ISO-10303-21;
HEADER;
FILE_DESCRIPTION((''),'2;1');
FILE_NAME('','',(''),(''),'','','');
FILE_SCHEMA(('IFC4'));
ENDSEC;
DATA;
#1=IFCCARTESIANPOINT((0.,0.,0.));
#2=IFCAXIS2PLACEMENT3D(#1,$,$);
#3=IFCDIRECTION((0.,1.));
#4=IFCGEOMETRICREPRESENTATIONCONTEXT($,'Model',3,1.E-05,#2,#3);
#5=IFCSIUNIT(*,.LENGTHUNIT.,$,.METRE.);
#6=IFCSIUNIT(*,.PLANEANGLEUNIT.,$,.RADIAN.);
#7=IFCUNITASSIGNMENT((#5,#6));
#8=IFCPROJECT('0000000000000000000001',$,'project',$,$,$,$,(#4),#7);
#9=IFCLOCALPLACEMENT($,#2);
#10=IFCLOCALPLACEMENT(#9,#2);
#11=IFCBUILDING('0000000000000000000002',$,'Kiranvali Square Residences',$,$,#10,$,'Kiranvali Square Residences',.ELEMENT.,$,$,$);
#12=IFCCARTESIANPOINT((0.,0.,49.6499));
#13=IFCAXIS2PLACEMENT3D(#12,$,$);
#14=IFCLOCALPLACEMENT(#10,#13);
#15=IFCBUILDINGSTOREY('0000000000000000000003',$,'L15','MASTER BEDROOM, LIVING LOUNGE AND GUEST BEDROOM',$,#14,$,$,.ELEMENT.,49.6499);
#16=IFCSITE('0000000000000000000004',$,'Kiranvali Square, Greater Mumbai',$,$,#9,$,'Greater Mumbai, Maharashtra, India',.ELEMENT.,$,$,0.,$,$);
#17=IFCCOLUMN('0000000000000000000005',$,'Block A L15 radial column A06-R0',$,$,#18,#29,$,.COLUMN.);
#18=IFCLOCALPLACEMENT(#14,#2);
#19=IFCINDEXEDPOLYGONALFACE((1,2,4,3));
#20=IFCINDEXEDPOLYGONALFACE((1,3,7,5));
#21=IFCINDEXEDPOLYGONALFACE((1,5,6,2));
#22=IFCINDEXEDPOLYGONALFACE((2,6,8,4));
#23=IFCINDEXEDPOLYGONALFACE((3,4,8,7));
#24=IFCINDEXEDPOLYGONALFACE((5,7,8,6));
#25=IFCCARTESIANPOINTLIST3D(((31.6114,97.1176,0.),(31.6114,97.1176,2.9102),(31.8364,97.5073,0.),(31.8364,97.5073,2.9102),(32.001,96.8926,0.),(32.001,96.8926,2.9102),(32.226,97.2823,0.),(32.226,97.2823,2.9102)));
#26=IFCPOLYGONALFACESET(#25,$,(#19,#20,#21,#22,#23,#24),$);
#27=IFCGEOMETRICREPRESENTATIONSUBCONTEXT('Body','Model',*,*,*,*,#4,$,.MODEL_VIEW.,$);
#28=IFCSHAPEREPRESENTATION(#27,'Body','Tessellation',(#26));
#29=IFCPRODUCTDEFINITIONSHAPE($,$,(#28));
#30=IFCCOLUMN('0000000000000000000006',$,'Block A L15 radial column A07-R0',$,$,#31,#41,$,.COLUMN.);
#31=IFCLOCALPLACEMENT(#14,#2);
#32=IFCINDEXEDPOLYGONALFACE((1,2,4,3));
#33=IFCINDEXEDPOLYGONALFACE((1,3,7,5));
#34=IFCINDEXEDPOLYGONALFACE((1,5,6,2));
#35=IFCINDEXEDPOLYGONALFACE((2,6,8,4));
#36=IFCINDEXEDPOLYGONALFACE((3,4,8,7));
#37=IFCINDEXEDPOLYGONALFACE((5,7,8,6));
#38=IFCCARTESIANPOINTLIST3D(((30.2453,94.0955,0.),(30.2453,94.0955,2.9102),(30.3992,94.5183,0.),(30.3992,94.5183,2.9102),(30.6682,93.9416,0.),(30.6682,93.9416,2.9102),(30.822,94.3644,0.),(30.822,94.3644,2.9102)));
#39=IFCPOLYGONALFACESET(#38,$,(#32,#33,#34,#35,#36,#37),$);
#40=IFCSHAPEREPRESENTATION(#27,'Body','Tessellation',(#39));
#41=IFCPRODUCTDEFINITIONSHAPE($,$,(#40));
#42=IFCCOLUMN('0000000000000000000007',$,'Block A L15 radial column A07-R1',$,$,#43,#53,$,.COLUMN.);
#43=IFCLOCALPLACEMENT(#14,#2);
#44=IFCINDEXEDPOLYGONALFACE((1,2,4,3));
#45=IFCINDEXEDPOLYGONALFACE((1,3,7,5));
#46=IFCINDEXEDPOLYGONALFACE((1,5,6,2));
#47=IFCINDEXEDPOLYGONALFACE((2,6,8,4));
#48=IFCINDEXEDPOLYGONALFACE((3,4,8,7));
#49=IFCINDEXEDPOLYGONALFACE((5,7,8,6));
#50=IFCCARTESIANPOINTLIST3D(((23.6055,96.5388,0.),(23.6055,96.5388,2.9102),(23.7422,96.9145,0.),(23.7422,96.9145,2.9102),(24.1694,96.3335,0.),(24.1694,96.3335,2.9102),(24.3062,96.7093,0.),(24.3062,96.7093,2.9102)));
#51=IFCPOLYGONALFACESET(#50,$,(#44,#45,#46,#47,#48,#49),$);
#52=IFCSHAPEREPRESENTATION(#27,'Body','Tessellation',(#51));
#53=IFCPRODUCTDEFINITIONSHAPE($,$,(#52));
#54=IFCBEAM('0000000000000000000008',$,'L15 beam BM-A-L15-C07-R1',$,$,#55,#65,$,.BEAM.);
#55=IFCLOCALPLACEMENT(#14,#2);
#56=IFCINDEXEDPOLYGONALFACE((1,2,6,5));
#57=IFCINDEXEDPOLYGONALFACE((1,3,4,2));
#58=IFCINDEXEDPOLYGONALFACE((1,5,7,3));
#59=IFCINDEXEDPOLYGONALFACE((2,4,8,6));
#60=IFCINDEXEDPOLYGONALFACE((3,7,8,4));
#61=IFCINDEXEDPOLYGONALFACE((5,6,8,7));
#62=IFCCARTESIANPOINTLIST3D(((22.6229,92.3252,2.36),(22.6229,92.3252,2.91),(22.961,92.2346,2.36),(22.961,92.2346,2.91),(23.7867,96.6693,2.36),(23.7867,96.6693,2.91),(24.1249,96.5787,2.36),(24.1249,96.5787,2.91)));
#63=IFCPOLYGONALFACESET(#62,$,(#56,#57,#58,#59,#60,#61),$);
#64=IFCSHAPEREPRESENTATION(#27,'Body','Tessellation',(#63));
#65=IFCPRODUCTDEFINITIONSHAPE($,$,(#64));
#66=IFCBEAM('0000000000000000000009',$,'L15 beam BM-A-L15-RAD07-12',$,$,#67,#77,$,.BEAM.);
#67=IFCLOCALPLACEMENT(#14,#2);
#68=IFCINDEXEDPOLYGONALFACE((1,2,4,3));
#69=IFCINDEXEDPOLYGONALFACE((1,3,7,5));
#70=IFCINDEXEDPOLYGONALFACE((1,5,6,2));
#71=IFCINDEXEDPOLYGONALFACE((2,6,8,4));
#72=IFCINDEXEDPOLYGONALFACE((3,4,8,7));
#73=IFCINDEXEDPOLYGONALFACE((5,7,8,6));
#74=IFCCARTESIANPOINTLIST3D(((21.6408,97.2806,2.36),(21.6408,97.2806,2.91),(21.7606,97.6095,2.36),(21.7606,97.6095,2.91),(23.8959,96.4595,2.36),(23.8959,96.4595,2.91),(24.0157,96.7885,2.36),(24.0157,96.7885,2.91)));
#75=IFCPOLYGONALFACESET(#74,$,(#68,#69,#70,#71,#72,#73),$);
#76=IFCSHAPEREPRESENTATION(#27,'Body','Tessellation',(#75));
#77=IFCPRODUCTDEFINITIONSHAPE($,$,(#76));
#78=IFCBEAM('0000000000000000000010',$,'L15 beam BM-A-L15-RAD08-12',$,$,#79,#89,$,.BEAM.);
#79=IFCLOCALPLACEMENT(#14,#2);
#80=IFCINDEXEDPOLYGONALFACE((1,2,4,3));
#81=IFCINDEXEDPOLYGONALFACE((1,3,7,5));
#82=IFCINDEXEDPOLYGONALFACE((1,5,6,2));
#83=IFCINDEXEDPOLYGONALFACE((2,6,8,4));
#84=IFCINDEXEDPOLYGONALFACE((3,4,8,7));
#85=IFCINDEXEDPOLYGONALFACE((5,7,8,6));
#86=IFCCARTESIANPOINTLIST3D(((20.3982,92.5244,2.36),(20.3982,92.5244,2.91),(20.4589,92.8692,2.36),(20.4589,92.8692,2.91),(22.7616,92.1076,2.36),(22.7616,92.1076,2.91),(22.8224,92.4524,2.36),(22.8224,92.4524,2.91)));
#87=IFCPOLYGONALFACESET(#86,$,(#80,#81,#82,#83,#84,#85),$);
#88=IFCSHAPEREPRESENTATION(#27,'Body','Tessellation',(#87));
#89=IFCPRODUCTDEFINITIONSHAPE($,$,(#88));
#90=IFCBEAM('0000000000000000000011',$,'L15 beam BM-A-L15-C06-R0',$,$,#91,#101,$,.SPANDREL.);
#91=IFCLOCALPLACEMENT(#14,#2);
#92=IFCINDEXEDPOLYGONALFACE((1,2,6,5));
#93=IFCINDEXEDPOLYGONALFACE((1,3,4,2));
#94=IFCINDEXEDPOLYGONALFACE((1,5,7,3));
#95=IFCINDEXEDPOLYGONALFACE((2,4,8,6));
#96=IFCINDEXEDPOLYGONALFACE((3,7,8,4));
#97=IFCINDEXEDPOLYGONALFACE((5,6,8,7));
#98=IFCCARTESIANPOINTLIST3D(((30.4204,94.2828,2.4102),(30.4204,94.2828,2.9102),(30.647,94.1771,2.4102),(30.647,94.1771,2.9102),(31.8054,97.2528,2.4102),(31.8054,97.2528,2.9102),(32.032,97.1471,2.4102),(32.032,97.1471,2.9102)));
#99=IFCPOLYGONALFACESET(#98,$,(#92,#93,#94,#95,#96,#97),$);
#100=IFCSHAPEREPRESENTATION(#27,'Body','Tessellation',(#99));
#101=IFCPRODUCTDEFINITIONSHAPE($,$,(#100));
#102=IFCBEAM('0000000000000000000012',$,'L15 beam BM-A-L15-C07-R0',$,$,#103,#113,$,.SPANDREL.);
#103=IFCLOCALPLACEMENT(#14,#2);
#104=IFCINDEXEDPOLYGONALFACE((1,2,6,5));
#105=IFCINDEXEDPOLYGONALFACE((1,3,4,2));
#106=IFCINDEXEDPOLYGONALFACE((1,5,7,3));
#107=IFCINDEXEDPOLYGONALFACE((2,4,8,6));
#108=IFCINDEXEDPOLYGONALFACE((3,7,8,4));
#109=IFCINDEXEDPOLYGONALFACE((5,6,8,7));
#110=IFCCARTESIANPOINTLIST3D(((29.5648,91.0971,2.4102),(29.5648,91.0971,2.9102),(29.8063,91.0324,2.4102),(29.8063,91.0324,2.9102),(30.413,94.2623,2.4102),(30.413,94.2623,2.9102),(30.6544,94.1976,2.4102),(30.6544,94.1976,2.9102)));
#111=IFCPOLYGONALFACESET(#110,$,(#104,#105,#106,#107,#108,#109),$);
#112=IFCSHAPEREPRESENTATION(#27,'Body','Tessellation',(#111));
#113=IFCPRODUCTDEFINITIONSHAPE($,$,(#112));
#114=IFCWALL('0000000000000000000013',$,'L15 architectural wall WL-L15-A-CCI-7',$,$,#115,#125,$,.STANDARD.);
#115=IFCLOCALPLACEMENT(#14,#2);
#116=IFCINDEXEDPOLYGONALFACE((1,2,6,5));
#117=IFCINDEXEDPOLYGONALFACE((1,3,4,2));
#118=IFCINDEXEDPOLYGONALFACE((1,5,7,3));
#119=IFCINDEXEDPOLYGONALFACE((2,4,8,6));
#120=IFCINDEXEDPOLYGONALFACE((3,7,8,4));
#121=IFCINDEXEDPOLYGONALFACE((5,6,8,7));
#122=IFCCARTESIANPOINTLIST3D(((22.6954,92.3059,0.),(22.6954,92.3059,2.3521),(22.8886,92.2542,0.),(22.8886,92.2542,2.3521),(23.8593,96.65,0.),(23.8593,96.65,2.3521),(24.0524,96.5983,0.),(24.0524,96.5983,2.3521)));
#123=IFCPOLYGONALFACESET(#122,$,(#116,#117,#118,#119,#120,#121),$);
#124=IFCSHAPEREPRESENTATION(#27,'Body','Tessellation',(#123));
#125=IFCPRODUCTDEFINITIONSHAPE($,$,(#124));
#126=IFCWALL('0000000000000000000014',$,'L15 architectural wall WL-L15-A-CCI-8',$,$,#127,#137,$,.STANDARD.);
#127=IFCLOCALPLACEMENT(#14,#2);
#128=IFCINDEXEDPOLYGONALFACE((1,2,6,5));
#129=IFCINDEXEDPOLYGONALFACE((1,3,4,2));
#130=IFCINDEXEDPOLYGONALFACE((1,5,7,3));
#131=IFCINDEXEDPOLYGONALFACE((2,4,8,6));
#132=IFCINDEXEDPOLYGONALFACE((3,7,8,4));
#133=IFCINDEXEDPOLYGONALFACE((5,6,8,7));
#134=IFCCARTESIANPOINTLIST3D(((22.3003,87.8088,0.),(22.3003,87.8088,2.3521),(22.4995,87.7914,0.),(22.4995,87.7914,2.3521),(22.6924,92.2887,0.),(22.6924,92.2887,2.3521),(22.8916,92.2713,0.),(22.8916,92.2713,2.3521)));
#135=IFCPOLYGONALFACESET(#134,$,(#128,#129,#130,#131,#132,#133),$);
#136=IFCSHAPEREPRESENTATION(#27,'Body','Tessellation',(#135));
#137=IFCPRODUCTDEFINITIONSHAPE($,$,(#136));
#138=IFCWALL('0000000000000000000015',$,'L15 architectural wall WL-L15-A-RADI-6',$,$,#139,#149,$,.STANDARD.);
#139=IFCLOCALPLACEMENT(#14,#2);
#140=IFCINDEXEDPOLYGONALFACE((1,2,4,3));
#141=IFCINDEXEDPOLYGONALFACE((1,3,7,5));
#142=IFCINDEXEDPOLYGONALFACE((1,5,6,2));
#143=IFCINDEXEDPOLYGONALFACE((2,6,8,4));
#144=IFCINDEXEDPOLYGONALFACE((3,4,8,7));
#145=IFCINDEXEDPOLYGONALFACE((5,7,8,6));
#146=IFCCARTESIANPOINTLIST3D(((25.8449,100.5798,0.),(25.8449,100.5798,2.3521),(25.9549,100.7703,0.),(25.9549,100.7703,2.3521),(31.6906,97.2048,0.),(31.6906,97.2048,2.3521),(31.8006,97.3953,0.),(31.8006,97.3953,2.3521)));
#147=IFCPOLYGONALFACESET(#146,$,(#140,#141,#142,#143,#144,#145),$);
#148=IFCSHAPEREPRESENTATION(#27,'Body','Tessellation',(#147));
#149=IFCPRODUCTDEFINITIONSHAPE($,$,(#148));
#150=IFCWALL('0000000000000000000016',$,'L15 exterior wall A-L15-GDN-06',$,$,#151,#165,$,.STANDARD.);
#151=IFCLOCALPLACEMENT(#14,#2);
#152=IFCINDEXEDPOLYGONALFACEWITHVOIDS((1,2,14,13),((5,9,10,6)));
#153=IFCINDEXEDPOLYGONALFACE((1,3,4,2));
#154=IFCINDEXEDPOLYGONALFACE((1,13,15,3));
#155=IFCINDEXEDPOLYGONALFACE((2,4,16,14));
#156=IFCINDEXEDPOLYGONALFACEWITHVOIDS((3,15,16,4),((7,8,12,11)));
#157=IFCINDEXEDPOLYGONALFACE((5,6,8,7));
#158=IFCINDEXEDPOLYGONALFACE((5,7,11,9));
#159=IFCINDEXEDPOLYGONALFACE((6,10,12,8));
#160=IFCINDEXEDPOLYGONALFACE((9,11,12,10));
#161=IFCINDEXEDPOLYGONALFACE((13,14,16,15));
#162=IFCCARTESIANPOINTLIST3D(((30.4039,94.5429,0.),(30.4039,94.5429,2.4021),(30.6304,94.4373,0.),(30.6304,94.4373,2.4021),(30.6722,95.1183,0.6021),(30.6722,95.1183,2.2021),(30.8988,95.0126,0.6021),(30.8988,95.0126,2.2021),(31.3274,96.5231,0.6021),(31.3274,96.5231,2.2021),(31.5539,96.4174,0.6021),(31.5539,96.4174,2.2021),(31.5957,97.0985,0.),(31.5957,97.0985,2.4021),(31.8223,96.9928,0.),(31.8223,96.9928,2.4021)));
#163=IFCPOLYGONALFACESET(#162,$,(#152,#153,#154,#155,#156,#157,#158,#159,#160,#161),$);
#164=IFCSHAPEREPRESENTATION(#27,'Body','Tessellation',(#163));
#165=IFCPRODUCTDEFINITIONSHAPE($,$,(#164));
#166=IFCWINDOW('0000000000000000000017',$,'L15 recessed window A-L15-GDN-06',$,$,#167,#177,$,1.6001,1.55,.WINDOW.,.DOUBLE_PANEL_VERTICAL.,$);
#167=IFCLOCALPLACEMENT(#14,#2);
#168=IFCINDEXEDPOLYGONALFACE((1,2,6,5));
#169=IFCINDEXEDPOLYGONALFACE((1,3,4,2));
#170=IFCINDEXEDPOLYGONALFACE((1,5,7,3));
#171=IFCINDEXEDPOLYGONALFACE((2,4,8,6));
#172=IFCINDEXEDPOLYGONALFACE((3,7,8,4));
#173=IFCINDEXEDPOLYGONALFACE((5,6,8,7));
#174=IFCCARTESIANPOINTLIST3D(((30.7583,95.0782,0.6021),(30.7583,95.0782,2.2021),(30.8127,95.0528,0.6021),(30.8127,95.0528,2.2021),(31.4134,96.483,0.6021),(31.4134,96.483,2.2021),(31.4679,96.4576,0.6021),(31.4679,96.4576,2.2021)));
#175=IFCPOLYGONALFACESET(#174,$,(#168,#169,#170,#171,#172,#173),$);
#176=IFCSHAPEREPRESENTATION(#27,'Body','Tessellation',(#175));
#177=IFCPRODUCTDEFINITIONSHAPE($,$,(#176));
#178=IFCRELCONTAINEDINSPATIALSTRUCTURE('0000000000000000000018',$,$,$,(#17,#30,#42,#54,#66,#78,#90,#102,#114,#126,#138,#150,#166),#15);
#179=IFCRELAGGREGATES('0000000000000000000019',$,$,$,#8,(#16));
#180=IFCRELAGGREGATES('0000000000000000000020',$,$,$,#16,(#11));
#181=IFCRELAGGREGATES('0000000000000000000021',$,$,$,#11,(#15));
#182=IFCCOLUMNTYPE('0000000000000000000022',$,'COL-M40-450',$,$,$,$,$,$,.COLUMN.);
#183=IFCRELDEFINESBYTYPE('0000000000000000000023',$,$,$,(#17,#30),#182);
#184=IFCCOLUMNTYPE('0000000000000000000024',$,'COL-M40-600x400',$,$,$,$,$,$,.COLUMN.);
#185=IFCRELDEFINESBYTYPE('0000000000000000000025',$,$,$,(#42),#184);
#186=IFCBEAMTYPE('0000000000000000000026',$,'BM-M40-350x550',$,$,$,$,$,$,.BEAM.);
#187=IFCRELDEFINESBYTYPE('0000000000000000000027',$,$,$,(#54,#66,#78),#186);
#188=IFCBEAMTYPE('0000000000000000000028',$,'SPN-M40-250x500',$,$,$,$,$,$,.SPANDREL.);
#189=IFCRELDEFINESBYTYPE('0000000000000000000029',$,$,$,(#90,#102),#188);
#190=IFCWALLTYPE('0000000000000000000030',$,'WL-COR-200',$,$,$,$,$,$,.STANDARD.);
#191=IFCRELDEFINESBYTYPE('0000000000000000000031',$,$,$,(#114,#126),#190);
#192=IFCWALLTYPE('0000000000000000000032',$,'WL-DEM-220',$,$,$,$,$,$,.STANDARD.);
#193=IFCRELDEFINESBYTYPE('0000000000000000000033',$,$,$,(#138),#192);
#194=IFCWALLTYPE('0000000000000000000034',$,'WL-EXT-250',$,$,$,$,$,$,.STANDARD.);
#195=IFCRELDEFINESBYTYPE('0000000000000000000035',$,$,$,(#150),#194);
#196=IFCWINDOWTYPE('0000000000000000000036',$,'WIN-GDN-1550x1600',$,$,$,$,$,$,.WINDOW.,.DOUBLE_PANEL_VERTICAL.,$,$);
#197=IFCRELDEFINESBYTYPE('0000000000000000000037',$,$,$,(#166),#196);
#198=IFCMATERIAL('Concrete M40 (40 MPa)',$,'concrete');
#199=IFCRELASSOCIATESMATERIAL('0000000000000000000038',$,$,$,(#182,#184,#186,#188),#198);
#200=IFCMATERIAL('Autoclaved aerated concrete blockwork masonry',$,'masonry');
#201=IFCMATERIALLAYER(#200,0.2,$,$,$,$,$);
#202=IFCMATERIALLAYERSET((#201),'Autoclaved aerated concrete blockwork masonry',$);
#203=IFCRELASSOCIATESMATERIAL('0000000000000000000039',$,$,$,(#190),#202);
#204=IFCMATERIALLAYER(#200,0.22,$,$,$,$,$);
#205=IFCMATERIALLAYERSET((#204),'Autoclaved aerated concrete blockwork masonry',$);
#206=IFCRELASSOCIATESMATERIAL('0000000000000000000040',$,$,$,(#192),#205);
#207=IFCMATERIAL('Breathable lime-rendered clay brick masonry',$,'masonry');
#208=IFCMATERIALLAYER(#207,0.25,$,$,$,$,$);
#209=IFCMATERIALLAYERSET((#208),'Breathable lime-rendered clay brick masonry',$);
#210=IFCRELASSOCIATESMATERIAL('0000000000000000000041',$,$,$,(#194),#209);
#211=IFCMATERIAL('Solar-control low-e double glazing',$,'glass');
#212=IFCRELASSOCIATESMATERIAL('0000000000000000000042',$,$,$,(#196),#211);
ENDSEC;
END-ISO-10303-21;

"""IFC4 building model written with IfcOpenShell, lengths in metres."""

from ifc_helpers import new_model, si_unit, direction, frame, frame_2d, origin, origin_2d, place, context, subcontext, project, spatial, rectangle, extrude, material, layer, layer_set, material_profile, profile_set, type_object, element, fill, save


model = new_model("IFC4")

# Units and contexts
model_context = context("Model", 3, precision=1e-05, world=origin(), true_north=direction((0.0, 1.0)))
body_context = subcontext(model_context, "Body", "Model", "MODEL_VIEW")
ifc_project = project(units=[si_unit("LENGTHUNIT", "METRE"), si_unit("PLANEANGLEUNIT", "RADIAN")], contexts=[model_context])

# Site, building, storey
site_placement = place(None, origin())
site = spatial("IfcSite", under=ifc_project, at=site_placement, Name="Kiranvali Square, Greater Mumbai", LongName="Greater Mumbai, Maharashtra, India", CompositionType="ELEMENT", RefElevation=0.0)
building_placement = place(site_placement, origin())
building = spatial("IfcBuilding", under=site, at=building_placement, Name="Kiranvali Square Residences", LongName="Kiranvali Square Residences", CompositionType="ELEMENT")
storey_placement = place(building_placement, frame((0.0, 0.0, 49.6499)))
storey = spatial("IfcBuildingStorey", under=building, at=storey_placement, Name="L15", Description="MASTER BEDROOM, LIVING LOUNGE AND GUEST BEDROOM", CompositionType="ELEMENT", Elevation=49.6499)

# Columns
ifc_material_1 = material(Name="Concrete M40 (40 MPa)", Category="concrete")
ifc_material_profile_1 = material_profile(ifc_material_1, rectangle(XDim=0.45, YDim=0.45, at=origin_2d()), Name="RC 450x450")
ifc_profile_set_1 = profile_set([ifc_material_profile_1], Name="Concrete M40 (40 MPa)")
column_type_1 = type_object("IfcColumnType", Name="COL-M40-450", PredefinedType="COLUMN", material=ifc_profile_set_1)
for number, where, z_axis, x_axis, name in (
    (1, (31.9187, 97.2, 0.0), (0.0, 0.0, 1.0), (0.5, 0.866025, 0.0), "Block A L15 radial column A06-R0"),
    (2, (30.5337, 94.23, 0.0), (0.0, 0.0, 1.0), (0.34202, 0.939693, 0.0), "Block A L15 radial column A07-R0"),
):
    element("IfcColumn", number, at=place(storey_placement, frame(where, z_axis=z_axis, x_axis=x_axis)), inside=storey, type_object=column_type_1, Name=name, PredefinedType="COLUMN", context=body_context, shape_type="SweptSolid", body=[
        extrude(rectangle(XDim=0.45, YDim=0.45, at=origin_2d()), origin(), (0.0, 0.0, 1.0), 2.9102),
    ])
ifc_material_profile_2 = material_profile(ifc_material_1, rectangle(XDim=0.3999, YDim=0.6001, at=origin_2d()), Name="RC 600x400")
ifc_profile_set_2 = profile_set([ifc_material_profile_2], Name="Concrete M40 (40 MPa)")
column_type_2 = type_object("IfcColumnType", Name="COL-M40-600x400", PredefinedType="COLUMN", material=ifc_profile_set_2)
column_placement = place(storey_placement, frame((23.9558, 96.624, 0.0), z_axis=(0.0, 0.0, 1.0), x_axis=(0.34202, 0.939693, 0.0)))
element("IfcColumn", 3, at=column_placement, inside=storey, type_object=column_type_2, Name="Block A L15 radial column A07-R1", PredefinedType="COLUMN", context=body_context, shape_type="SweptSolid", body=[
    extrude(rectangle(XDim=0.3999, YDim=0.6001, at=origin_2d()), origin(), (0.0, 0.0, 1.0), 2.9102),
])

# Beams
ifc_material_profile_3 = material_profile(ifc_material_1, rectangle(XDim=0.3501, YDim=0.55, at=origin_2d()), Name="RC 350x550")
ifc_profile_set_3 = profile_set([ifc_material_profile_3], Name="Concrete M40 (40 MPa)")
beam_type_1 = type_object("IfcBeamType", Name="BM-M40-350x550", PredefinedType="BEAM", material=ifc_profile_set_3)
beam_1_placement = place(storey_placement, frame((23.9558, 96.624, 2.635), z_axis=(-0.258788, -0.965934, 0.0), x_axis=(0.965934, -0.258788, 0.0)))
element("IfcBeam", 4, at=beam_1_placement, inside=storey, type_object=beam_type_1, Name="L15 beam BM-A-L15-C07-R1", PredefinedType="BEAM", context=body_context, shape_type="SweptSolid", body=[
    extrude(rectangle(XDim=0.3501, YDim=0.55, at=origin_2d()), origin(), (0.0, 0.0, 1.0), 4.4973),
])
for number, where, z_axis, x_axis, name in (
    (5, (23.9558, 96.624, 2.635), (-0.93966, 0.342111, 0.0), (-0.342111, -0.93966, 0.0), "L15 beam BM-A-L15-RAD07-12"),
    (6, (22.792, 92.28, 2.635), (-0.984808, 0.173646, 0.0), (-0.173646, -0.984808, 0.0), "L15 beam BM-A-L15-RAD08-12"),
):
    element("IfcBeam", number, at=place(storey_placement, frame(where, z_axis=z_axis, x_axis=x_axis)), inside=storey, type_object=beam_type_1, Name=name, PredefinedType="BEAM", context=body_context, shape_type="SweptSolid", body=[
        extrude(rectangle(XDim=0.3501, YDim=0.55, at=origin_2d()), origin(), (0.0, 0.0, 1.0), 2.3999),
    ])
ifc_material_profile_4 = material_profile(ifc_material_1, rectangle(XDim=0.25, YDim=0.5, at=origin_2d()), Name="RC 250x500")
ifc_profile_set_4 = profile_set([ifc_material_profile_4], Name="Concrete M40 (40 MPa)")
beam_type_2 = type_object("IfcBeamType", Name="SPN-M40-250x500", PredefinedType="SPANDREL", material=ifc_profile_set_4)
beam_2_placement = place(storey_placement, frame((31.9187, 97.2, 2.6602), z_axis=(-0.422641, -0.906297, 0.0), x_axis=(0.906297, -0.422641, 0.0)))
element("IfcBeam", 7, at=beam_2_placement, inside=storey, type_object=beam_type_2, Name="L15 beam BM-A-L15-C06-R0", PredefinedType="SPANDREL", context=body_context, shape_type="SweptSolid", body=[
    extrude(rectangle(XDim=0.25, YDim=0.5, at=origin_2d()), origin(), (0.0, 0.0, 1.0), 3.2771),
])
beam_3_placement = place(storey_placement, frame((30.5337, 94.23, 2.6602), z_axis=(-0.258822, -0.965925, 0.0), x_axis=(0.965925, -0.258822, 0.0)))
element("IfcBeam", 8, at=beam_3_placement, inside=storey, type_object=beam_type_2, Name="L15 beam BM-A-L15-C07-R0", PredefinedType="SPANDREL", context=body_context, shape_type="SweptSolid", body=[
    extrude(rectangle(XDim=0.25, YDim=0.5, at=origin_2d()), origin(), (0.0, 0.0, 1.0), 3.2769),
])

# Walls
ifc_material_2 = material(Name="Autoclaved aerated concrete blockwork masonry", Category="masonry")
ifc_layer_1 = layer(ifc_material_2, 0.2)
ifc_layer_set_1 = layer_set([ifc_layer_1], Name="Autoclaved aerated concrete blockwork masonry")
wall_type_1 = type_object("IfcWallType", Name="WL-COR-200", PredefinedType="STANDARD", material=ifc_layer_set_1)
wall_1_placement = place(storey_placement, frame((23.9558, 96.624, 0.0), z_axis=(0.0, 0.0, 1.0), x_axis=(-0.258788, -0.965934, 0.0)))
element("IfcWall", 9, at=wall_1_placement, inside=storey, type_object=wall_type_1, Name="L15 architectural wall WL-L15-A-CCI-7", PredefinedType="STANDARD", context=body_context, shape_type="SweptSolid", body=[
    extrude(rectangle(XDim=4.4973, YDim=0.2, at=frame_2d((2.2485, 0.0))), origin(), (0.0, 0.0, 1.0), 2.3521),
])
wall_2_placement = place(storey_placement, frame((22.792, 92.28, 0.0), z_axis=(0.0, 0.0, 1.0), x_axis=(-0.087187, -0.996192, 0.0)))
element("IfcWall", 10, at=wall_2_placement, inside=storey, type_object=wall_type_1, Name="L15 architectural wall WL-L15-A-CCI-8", PredefinedType="STANDARD", context=body_context, shape_type="SweptSolid", body=[
    extrude(rectangle(XDim=4.4971, YDim=0.2, at=frame_2d((2.2485, 0.0))), origin(), (0.0, 0.0, 1.0), 2.3521),
])
ifc_layer_2 = layer(ifc_material_2, 0.22)
ifc_layer_set_2 = layer_set([ifc_layer_2], Name="Autoclaved aerated concrete blockwork masonry")
wall_type_2 = type_object("IfcWallType", Name="WL-DEM-220", PredefinedType="STANDARD", material=ifc_layer_set_2)
wall_3_placement = place(storey_placement, frame((31.7456, 97.3, 0.0), z_axis=(0.0, 0.0, 1.0), x_axis=(-0.866027, 0.499998, 0.0)))
element("IfcWall", 11, at=wall_3_placement, inside=storey, type_object=wall_type_2, Name="L15 architectural wall WL-L15-A-RADI-6", PredefinedType="STANDARD", context=body_context, shape_type="SweptSolid", body=[
    extrude(rectangle(XDim=6.75, YDim=0.22, at=frame_2d((3.375, 0.0))), origin(), (0.0, 0.0, 1.0), 2.3521),
])

# Wall, opening, window
ifc_material_3 = material(Name="Breathable lime-rendered clay brick masonry", Category="masonry")
ifc_layer_3 = layer(ifc_material_3, 0.25)
ifc_layer_set_3 = layer_set([ifc_layer_3], Name="Breathable lime-rendered clay brick masonry")
wall_type_3 = type_object("IfcWallType", Name="WL-EXT-250", PredefinedType="STANDARD", material=ifc_layer_set_3)
wall_4_placement = place(storey_placement, frame((31.709, 97.0457, 0.0), z_axis=(0.0, 0.0, 1.0), x_axis=(-0.422667, -0.906285, 0.0)))
wall_4 = element("IfcWall", 12, at=wall_4_placement, inside=storey, type_object=wall_type_3, Name="L15 exterior wall A-L15-GDN-06", PredefinedType="STANDARD", context=body_context, shape_type="SweptSolid", body=[
    extrude(rectangle(XDim=2.8198, YDim=0.25, at=frame_2d((1.4099, 0.0))), origin(), (0.0, 0.0, 1.0), 2.4021),
])
opening_1_placement = place(wall_4_placement, frame((0.635, 0.0, 0.6021)))
opening_1 = element("IfcOpeningElement", 13, at=opening_1_placement, cuts=wall_4, PredefinedType="OPENING", context=body_context, shape_type="SweptSolid", body=[
    extrude(rectangle(XDim=1.55, YDim=1.6001, at=frame_2d((0.7749, 0.8))), frame((0.0, 0.135, 0.0), z_axis=(0.0, -1.0, 0.0), x_axis=(1.0, 0.0, 0.0)), (0.0, 0.0, 1.0), 0.27),
])
ifc_material_4 = material(Name="Solar-control low-e double glazing", Category="glass")
window_type_1 = type_object("IfcWindowType", Name="WIN-GDN-1550x1600", PartitioningType="DOUBLE_PANEL_VERTICAL", PredefinedType="WINDOW", material=ifc_material_4)
window_1_placement = place(opening_1_placement, origin())
window_1 = element("IfcWindow", 14, at=window_1_placement, inside=storey, type_object=window_type_1, Name="L15 recessed window A-L15-GDN-06", OverallHeight=1.6001, OverallWidth=1.55, PartitioningType="DOUBLE_PANEL_VERTICAL", PredefinedType="WINDOW", context=body_context, shape_type="SweptSolid", body=[
    extrude(rectangle(XDim=1.55, YDim=1.6001, at=frame_2d((0.7749, 0.8))), frame((0.0, 0.03, 0.0), z_axis=(0.0, -1.0, 0.0), x_axis=(1.0, 0.0, 0.0)), (0.0, 0.0, 1.0), 0.0601),
])
fill(opening_1, window_1)

save(model, "model.ifc")
